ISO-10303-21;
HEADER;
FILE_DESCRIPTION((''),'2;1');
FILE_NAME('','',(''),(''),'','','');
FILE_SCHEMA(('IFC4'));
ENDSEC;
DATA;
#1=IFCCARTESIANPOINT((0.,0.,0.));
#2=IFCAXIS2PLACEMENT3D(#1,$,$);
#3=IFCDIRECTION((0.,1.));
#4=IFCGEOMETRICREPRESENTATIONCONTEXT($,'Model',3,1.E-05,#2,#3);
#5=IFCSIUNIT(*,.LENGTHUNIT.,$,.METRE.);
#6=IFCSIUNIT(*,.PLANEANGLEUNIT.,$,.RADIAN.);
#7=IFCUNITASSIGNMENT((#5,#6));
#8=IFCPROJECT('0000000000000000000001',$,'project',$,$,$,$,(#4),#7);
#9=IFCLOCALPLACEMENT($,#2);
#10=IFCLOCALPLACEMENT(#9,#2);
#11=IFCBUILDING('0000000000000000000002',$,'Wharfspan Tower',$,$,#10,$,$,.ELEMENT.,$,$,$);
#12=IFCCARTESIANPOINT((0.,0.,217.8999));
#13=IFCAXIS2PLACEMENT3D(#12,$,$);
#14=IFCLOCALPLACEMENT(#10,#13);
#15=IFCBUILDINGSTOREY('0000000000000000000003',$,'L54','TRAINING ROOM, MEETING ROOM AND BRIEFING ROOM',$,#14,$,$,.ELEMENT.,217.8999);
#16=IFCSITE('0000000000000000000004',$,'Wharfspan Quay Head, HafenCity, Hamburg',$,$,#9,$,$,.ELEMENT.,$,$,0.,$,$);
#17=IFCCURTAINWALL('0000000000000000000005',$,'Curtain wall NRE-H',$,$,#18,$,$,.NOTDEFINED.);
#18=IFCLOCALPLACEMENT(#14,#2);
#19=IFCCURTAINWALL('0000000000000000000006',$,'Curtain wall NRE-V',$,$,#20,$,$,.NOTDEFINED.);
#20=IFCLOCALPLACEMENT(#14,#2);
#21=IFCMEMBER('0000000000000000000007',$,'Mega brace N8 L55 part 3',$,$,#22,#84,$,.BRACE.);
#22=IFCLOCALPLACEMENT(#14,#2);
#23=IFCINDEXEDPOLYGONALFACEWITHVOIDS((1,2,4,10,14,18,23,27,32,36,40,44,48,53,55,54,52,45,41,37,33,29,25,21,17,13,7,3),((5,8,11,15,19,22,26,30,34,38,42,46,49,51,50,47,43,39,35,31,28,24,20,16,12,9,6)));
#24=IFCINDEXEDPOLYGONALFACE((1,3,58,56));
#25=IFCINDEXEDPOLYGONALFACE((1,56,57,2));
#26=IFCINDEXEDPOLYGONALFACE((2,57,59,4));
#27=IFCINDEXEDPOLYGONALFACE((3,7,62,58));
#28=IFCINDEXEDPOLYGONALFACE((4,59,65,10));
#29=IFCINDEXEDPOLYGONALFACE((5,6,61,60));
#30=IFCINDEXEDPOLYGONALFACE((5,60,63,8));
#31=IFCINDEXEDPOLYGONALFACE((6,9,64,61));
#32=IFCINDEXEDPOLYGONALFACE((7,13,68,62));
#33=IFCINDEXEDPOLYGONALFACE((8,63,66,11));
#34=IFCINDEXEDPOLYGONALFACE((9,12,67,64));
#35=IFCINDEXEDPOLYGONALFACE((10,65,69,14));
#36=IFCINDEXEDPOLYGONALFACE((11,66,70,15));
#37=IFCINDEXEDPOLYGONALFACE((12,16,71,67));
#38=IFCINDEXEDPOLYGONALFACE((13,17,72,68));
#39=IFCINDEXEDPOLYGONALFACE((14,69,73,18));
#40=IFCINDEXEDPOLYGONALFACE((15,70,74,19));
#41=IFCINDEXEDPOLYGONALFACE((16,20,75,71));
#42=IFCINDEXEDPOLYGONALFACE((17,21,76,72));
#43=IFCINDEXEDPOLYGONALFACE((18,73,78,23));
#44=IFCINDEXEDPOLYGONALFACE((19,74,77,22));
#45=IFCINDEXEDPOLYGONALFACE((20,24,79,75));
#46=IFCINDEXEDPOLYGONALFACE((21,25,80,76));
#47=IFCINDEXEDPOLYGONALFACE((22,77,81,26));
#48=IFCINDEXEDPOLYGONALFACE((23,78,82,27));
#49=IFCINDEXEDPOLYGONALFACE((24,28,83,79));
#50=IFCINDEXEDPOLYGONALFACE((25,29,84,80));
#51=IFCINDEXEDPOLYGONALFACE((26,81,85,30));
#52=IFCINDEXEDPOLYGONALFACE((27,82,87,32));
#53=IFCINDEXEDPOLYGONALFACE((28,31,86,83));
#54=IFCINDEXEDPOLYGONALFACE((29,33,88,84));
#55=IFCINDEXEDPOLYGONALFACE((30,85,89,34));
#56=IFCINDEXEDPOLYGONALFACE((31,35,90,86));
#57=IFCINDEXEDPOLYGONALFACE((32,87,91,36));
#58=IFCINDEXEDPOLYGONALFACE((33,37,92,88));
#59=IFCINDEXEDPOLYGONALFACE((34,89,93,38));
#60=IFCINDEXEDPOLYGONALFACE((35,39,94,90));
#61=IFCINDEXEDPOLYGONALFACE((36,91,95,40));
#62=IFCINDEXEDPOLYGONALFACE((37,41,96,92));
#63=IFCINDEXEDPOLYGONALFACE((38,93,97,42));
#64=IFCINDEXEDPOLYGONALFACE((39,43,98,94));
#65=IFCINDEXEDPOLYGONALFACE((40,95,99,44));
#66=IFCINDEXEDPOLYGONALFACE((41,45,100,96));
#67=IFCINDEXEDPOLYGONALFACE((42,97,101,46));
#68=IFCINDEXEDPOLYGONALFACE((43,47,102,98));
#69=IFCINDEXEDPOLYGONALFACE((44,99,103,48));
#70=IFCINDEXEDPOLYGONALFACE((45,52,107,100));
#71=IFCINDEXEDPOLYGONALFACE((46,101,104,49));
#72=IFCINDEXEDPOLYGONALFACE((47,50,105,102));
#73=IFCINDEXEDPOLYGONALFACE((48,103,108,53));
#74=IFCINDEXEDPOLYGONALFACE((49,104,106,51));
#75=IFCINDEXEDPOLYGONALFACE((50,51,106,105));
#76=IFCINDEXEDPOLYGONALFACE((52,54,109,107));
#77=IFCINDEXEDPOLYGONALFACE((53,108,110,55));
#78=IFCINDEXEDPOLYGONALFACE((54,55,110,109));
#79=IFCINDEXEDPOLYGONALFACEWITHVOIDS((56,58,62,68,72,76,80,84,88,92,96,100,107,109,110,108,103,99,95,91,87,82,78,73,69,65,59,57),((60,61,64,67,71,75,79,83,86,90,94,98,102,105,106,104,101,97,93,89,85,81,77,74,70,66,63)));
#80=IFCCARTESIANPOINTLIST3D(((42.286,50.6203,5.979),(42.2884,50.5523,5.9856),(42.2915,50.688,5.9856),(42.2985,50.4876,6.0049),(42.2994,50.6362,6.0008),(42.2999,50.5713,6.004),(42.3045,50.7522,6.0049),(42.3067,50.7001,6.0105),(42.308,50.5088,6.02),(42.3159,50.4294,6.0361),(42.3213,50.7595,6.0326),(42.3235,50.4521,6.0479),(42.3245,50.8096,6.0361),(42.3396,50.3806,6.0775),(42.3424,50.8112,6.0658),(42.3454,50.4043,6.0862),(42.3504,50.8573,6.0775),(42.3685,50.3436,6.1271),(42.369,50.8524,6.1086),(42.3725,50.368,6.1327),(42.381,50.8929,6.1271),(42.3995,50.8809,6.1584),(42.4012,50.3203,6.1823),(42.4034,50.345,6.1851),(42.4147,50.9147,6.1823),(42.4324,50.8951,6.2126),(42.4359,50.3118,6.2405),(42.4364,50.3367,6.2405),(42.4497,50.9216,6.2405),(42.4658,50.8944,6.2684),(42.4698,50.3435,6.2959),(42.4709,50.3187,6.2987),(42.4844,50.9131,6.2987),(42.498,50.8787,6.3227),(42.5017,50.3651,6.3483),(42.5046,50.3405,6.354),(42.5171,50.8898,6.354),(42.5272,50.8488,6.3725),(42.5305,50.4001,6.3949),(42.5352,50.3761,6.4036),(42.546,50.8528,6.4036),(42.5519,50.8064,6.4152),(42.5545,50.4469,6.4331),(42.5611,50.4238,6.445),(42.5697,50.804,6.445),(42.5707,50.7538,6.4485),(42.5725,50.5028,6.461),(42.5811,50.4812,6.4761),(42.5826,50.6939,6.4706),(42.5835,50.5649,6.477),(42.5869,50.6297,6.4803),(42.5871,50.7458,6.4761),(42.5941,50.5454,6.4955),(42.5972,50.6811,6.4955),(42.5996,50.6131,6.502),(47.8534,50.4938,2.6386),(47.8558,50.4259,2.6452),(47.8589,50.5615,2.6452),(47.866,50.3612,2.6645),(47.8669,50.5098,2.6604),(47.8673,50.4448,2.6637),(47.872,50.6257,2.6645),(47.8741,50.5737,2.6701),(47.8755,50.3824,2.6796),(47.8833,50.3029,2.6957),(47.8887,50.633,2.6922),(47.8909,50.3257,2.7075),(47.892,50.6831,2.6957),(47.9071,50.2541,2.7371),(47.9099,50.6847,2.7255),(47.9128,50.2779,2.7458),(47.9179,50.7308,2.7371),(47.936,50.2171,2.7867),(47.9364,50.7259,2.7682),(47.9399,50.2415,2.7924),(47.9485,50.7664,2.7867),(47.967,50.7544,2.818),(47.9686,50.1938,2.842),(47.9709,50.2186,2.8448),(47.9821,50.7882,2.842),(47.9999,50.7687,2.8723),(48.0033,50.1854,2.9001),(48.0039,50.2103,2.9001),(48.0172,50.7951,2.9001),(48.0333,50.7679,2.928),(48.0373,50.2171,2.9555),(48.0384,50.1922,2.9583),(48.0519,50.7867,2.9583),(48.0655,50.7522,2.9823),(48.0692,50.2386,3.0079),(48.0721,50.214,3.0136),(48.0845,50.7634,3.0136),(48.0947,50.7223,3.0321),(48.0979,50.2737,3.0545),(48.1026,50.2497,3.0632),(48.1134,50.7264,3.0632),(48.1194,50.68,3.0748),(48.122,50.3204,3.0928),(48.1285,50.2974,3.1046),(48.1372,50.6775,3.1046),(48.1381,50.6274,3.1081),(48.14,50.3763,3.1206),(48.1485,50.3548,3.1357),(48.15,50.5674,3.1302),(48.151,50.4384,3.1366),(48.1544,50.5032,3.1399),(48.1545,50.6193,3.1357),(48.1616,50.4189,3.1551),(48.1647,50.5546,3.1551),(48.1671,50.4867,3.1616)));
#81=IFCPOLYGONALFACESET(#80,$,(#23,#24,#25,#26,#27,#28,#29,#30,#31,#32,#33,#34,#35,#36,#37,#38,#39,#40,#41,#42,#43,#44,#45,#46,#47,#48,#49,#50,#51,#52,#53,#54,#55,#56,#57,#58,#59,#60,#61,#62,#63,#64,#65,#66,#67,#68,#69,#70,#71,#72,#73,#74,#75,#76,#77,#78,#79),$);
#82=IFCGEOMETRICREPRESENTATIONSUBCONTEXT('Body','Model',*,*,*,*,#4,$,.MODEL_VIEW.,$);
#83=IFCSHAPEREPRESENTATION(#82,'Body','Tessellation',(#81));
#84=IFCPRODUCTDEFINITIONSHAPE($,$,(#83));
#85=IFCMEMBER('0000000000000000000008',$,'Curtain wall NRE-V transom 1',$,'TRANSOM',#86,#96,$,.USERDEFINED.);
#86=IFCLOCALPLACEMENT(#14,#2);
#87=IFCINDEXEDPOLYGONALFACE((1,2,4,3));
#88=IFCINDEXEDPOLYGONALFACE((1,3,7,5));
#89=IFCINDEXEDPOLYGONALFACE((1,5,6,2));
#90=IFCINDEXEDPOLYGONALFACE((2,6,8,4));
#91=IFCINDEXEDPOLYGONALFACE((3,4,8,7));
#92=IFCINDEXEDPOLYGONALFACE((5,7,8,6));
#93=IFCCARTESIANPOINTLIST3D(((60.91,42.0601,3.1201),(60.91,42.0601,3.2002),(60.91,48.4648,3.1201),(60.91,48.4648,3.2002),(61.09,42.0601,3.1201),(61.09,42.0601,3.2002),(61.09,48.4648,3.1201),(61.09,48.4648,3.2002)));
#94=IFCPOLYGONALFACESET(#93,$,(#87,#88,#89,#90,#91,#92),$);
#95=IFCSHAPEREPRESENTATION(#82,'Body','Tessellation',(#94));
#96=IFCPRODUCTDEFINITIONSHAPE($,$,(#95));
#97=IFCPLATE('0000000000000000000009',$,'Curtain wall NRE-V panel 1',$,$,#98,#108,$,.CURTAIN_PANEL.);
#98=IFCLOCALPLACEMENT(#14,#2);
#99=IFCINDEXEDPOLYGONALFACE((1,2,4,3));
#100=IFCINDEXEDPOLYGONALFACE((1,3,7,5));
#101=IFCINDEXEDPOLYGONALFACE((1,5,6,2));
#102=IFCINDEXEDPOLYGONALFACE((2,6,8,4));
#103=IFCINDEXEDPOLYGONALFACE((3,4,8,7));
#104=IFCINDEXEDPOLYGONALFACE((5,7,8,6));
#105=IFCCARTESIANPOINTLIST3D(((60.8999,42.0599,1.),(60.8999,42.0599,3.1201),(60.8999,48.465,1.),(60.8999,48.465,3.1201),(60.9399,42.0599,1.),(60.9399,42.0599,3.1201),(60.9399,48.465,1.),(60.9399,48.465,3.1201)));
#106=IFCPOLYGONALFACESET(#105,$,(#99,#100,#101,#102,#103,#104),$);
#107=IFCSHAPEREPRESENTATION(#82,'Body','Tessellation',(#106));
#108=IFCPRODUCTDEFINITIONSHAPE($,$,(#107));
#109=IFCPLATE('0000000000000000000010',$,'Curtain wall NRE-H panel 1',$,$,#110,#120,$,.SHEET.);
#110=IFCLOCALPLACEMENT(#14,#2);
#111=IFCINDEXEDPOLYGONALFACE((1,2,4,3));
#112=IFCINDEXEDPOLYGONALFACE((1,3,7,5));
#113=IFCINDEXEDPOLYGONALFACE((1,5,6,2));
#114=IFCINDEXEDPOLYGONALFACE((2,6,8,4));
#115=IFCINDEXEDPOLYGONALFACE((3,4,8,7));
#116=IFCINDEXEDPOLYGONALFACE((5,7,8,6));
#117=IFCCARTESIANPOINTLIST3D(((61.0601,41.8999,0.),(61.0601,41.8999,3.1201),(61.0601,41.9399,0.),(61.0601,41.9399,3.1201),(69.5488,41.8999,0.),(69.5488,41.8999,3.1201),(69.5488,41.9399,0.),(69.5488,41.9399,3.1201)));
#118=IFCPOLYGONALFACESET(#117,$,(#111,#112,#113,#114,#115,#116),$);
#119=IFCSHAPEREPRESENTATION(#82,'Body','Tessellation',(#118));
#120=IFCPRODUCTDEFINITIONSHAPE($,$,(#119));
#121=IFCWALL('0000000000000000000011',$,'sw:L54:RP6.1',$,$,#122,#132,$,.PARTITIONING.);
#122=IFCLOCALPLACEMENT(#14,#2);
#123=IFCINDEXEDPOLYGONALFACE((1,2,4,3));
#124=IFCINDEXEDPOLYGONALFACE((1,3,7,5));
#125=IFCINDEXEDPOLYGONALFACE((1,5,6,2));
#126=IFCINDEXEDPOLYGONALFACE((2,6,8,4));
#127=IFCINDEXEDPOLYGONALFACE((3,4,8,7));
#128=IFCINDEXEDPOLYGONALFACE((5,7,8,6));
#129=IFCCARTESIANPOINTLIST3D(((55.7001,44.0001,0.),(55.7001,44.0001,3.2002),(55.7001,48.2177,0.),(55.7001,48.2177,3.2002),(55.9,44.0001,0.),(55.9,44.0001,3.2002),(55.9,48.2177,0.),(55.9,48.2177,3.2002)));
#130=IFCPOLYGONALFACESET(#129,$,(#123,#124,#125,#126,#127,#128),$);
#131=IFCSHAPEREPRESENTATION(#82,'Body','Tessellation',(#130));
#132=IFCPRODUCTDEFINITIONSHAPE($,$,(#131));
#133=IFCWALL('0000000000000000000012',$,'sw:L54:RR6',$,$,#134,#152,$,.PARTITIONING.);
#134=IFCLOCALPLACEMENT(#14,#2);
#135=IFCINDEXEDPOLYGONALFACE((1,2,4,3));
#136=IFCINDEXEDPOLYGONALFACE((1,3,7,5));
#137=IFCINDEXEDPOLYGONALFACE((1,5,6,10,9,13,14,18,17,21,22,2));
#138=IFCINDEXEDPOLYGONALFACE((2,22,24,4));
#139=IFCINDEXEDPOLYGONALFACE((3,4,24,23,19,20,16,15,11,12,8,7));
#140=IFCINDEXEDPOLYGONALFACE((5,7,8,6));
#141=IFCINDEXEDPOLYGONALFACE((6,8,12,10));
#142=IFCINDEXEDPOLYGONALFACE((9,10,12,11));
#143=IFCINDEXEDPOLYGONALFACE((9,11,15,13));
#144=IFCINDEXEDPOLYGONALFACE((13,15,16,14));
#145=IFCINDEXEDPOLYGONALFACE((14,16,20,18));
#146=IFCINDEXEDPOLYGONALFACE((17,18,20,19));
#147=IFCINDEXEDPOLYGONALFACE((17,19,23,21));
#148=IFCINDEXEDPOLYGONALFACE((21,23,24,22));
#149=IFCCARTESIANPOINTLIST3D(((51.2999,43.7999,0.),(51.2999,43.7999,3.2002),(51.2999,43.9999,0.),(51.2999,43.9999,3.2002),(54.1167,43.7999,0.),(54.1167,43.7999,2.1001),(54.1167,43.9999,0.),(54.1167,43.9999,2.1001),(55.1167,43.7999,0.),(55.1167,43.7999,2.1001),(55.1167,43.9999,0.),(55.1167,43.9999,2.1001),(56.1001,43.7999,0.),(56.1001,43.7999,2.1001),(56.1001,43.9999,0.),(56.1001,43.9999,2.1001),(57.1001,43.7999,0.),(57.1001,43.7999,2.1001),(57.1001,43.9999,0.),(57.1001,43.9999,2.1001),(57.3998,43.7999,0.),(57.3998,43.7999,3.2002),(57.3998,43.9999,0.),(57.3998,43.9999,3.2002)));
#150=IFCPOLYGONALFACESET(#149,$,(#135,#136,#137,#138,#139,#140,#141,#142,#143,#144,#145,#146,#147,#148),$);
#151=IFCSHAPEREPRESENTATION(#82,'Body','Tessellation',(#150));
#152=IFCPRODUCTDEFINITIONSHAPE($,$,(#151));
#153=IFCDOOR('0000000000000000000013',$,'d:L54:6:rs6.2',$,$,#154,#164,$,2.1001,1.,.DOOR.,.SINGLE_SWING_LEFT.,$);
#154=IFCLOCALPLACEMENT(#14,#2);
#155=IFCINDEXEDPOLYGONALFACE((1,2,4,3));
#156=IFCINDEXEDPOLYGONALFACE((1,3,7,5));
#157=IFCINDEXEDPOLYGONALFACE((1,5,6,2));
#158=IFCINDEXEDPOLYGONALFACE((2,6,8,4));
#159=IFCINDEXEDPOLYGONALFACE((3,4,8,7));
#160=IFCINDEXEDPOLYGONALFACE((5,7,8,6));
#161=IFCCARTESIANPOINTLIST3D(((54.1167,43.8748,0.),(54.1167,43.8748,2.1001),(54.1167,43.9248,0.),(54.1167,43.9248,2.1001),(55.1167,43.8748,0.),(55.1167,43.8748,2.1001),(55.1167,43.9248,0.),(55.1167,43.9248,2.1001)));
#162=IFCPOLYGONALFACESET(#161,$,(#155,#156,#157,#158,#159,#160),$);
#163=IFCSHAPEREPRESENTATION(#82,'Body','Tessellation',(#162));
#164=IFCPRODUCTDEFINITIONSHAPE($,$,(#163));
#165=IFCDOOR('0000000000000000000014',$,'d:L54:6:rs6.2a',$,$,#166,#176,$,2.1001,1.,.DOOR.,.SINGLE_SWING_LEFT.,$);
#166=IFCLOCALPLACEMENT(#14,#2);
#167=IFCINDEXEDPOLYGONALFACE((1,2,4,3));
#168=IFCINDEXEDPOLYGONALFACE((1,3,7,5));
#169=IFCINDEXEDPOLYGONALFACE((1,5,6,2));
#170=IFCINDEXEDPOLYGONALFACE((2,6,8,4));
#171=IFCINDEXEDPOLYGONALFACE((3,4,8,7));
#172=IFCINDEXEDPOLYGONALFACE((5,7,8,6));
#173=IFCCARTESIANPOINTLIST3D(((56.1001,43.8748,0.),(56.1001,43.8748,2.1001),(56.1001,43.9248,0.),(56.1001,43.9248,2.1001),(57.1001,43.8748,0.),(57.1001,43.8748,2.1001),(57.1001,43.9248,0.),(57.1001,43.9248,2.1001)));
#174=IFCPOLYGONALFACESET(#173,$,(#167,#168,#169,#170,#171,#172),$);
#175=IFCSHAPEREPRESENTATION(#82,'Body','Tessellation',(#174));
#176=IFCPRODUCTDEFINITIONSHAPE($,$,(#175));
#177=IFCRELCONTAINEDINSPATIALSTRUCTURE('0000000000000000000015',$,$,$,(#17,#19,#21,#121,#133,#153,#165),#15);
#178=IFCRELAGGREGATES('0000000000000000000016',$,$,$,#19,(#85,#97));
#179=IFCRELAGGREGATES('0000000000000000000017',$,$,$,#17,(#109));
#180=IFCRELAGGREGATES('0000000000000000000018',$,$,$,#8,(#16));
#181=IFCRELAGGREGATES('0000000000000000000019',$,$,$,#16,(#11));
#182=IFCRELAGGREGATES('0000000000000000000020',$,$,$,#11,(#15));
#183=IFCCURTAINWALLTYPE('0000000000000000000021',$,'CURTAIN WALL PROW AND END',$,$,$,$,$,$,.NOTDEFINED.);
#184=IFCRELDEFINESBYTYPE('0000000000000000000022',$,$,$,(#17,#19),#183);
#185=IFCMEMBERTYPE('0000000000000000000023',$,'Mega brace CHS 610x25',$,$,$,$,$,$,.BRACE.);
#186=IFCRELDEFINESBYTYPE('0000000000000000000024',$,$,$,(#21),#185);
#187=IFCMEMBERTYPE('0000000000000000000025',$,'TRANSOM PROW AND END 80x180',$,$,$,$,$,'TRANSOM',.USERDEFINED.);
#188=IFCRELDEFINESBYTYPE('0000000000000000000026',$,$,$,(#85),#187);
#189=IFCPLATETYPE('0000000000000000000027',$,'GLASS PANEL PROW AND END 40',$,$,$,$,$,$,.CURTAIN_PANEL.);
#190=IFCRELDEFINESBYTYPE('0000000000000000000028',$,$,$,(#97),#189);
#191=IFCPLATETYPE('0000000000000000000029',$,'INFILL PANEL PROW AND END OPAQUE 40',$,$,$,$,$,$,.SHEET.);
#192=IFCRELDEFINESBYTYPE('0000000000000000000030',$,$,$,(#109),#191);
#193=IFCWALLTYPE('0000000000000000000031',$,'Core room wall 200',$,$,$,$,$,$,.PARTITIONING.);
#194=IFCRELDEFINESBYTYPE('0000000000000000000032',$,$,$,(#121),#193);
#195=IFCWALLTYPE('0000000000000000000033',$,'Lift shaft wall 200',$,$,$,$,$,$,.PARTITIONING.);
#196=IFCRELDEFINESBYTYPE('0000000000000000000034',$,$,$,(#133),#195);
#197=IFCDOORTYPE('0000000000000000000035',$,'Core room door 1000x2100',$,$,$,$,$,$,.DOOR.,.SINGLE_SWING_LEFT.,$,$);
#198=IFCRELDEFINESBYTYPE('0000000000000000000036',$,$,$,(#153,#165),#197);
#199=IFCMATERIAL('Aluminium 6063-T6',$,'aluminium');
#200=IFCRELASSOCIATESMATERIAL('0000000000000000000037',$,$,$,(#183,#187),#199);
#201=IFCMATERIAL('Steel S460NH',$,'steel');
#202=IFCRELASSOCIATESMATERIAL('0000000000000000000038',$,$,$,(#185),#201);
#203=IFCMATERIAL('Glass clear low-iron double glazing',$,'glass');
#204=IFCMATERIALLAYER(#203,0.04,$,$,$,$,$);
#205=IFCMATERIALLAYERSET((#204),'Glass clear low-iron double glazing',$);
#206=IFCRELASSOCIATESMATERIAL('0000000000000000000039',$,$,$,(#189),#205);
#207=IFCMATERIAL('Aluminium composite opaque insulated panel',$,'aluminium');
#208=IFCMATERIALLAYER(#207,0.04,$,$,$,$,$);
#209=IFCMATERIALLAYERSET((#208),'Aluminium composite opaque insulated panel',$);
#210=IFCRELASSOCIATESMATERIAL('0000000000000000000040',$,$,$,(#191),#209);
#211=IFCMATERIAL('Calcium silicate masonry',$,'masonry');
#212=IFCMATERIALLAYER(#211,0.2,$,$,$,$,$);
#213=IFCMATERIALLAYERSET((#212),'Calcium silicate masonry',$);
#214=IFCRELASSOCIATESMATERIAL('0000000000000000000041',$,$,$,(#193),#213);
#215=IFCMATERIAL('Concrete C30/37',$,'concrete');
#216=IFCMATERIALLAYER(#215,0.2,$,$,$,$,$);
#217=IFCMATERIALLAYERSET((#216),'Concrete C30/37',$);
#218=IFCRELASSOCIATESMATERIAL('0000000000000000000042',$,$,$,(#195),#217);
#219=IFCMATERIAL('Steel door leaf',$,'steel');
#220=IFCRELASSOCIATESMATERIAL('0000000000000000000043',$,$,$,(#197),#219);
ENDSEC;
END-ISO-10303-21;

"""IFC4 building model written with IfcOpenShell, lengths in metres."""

from ifc_helpers import new_model, si_unit, direction, frame, frame_2d, origin, origin_2d, place, context, subcontext, project, spatial, rectangle, hollow_circle, extrude, material, layer, layer_set, material_profile, profile_set, type_object, element, fill, aggregate, save


model = new_model("IFC4")

# Units and contexts
model_context = context("Model", 3, precision=1e-05, world=origin(), true_north=direction((0.0, 1.0)))
body_context = subcontext(model_context, "Body", "Model", "MODEL_VIEW")
ifc_project = project(units=[si_unit("LENGTHUNIT", "METRE"), si_unit("PLANEANGLEUNIT", "RADIAN")], contexts=[model_context])

# Site, building, storey
site_placement = place(None, origin())
site = spatial("IfcSite", under=ifc_project, at=site_placement, Name="Wharfspan Quay Head, HafenCity, Hamburg", CompositionType="ELEMENT", RefElevation=0.0)
building_placement = place(site_placement, origin())
building = spatial("IfcBuilding", under=site, at=building_placement, Name="Wharfspan Tower", CompositionType="ELEMENT")
storey_placement = place(building_placement, frame((0.0, 0.0, 217.8999)))
storey = spatial("IfcBuildingStorey", under=building, at=storey_placement, Name="L54", Description="TRAINING ROOM, MEETING ROOM AND BRIEFING ROOM", CompositionType="ELEMENT", Elevation=217.8999)

# Curtain wall
ifc_material_1 = material(Name="Aluminium 6063-T6", Category="aluminium")
curtain_wall_type = type_object("IfcCurtainWallType", Name="CURTAIN WALL PROW AND END", PredefinedType="NOTDEFINED", material=ifc_material_1)
curtain_wall_1_placement = place(storey_placement, origin())
curtain_wall_1 = element("IfcCurtainWall", 1, at=curtain_wall_1_placement, inside=storey, type_object=curtain_wall_type, Name="Curtain wall NRE-H", PredefinedType="NOTDEFINED")

# Curtain wall
curtain_wall_2_placement = place(storey_placement, origin())
curtain_wall_2 = element("IfcCurtainWall", 2, at=curtain_wall_2_placement, inside=storey, type_object=curtain_wall_type, Name="Curtain wall NRE-V", PredefinedType="NOTDEFINED")

# Members
ifc_material_2 = material(Name="Steel S460NH", Category="steel")
ifc_material_profile_1 = material_profile(ifc_material_2, hollow_circle(Radius=0.3049, WallThickness=0.0249, at=origin_2d()))
ifc_profile_set_1 = profile_set([ifc_material_profile_1], Name="Steel S460NH")
member_type_1 = type_object("IfcMemberType", Name="Mega brace CHS 610x25", PredefinedType="BRACE", material=ifc_profile_set_1)
member_1_placement = place(storey_placement, frame((48.0103, 50.4902, 2.9001), z_axis=(-0.857337, 0.019475, 0.514387), x_axis=(-0.022711, -0.999741, -0.000002)))
element("IfcMember", 3, at=member_1_placement, inside=storey, type_object=member_type_1, Name="Mega brace N8 L55 part 3", PredefinedType="BRACE", context=body_context, shape_type="SweptSolid", body=[
    extrude(hollow_circle(Radius=0.3049, WallThickness=0.0249, at=origin_2d()), origin(), (0.0, 0.0, 1.0), 6.4939),
])
ifc_material_profile_2 = material_profile(ifc_material_1, rectangle(XDim=0.1799, YDim=0.0801, at=origin_2d()))
ifc_profile_set_2 = profile_set([ifc_material_profile_2], Name="Aluminium 6063-T6")
member_type_2 = type_object("IfcMemberType", Name="TRANSOM PROW AND END 80x180", ElementType="TRANSOM", PredefinedType="USERDEFINED", material=ifc_profile_set_2)
member_2_placement = place(storey_placement, frame((61.0, 42.0601, 3.1602), z_axis=(0.0, 1.0, 0.0), x_axis=(-1.0, 0.0, 0.0)))
member_2 = element("IfcMember", 4, at=member_2_placement, type_object=member_type_2, Name="Curtain wall NRE-V transom 1", ObjectType="TRANSOM", PredefinedType="USERDEFINED", context=body_context, shape_type="SweptSolid", body=[
    extrude(rectangle(XDim=0.1799, YDim=0.0801, at=origin_2d()), origin(), (0.0, 0.0, 1.0), 6.4048),
])

# Plates
ifc_material_3 = material(Name="Glass clear low-iron double glazing", Category="glass")
ifc_layer_1 = layer(ifc_material_3, 0.04)
ifc_layer_set_1 = layer_set([ifc_layer_1], Name="Glass clear low-iron double glazing")
plate_type_1 = type_object("IfcPlateType", Name="GLASS PANEL PROW AND END 40", PredefinedType="CURTAIN_PANEL", material=ifc_layer_set_1)
plate_1_placement = place(storey_placement, frame((60.9199, 45.2625, 1.0), z_axis=(0.0, 0.0, 1.0), x_axis=(0.0, 1.0, 0.0)))
plate_1 = element("IfcPlate", 5, at=plate_1_placement, type_object=plate_type_1, Name="Curtain wall NRE-V panel 1", PredefinedType="CURTAIN_PANEL", context=body_context, shape_type="SweptSolid", body=[
    extrude(rectangle(XDim=6.405, YDim=0.04, at=origin_2d()), origin(), (0.0, 0.0, 1.0), 2.1201),
])
aggregate(curtain_wall_2, [member_2, plate_1])
ifc_material_4 = material(Name="Aluminium composite opaque insulated panel", Category="aluminium")
ifc_layer_2 = layer(ifc_material_4, 0.04)
ifc_layer_set_2 = layer_set([ifc_layer_2], Name="Aluminium composite opaque insulated panel")
plate_type_2 = type_object("IfcPlateType", Name="INFILL PANEL PROW AND END OPAQUE 40", PredefinedType="SHEET", material=ifc_layer_set_2)
plate_2_placement = place(storey_placement, frame((65.3044, 41.9199, 0.0), z_axis=(0.0, 0.0, 1.0), x_axis=(-1.0, 0.0, 0.0)))
plate_2 = element("IfcPlate", 6, at=plate_2_placement, type_object=plate_type_2, Name="Curtain wall NRE-H panel 1", PredefinedType="SHEET", context=body_context, shape_type="SweptSolid", body=[
    extrude(rectangle(XDim=8.4888, YDim=0.04, at=origin_2d()), origin(), (0.0, 0.0, 1.0), 3.1201),
])
aggregate(curtain_wall_1, [plate_2])

# Wall
ifc_material_5 = material(Name="Calcium silicate masonry", Category="masonry")
ifc_layer_3 = layer(ifc_material_5, 0.2)
ifc_layer_set_3 = layer_set([ifc_layer_3], Name="Calcium silicate masonry")
wall_type_1 = type_object("IfcWallType", Name="Core room wall 200", PredefinedType="PARTITIONING", material=ifc_layer_set_3)
wall_1_placement = place(storey_placement, frame((55.8, 44.0, 0.0), z_axis=(0.0, 0.0, 1.0), x_axis=(0.0, 1.0, 0.0)))
element("IfcWall", 7, at=wall_1_placement, inside=storey, type_object=wall_type_1, Name="sw:L54:RP6.1", PredefinedType="PARTITIONING", context=body_context, shape_type="SweptSolid", body=[
    extrude(rectangle(XDim=4.2175, YDim=0.2, at=frame_2d((2.1089, 0.0))), origin(), (0.0, 0.0, 1.0), 3.2002),
])

# Wall, openings, doors
ifc_material_6 = material(Name="Concrete C30/37", Category="concrete")
ifc_layer_4 = layer(ifc_material_6, 0.2)
ifc_layer_set_4 = layer_set([ifc_layer_4], Name="Concrete C30/37")
wall_type_2 = type_object("IfcWallType", Name="Lift shaft wall 200", PredefinedType="PARTITIONING", material=ifc_layer_set_4)
wall_2_placement = place(storey_placement, frame((51.3, 43.8999, 0.0), z_axis=(0.0, 0.0, 1.0), x_axis=(1.0, 0.0, 0.0)))
wall_2 = element("IfcWall", 8, at=wall_2_placement, inside=storey, type_object=wall_type_2, Name="sw:L54:RR6", PredefinedType="PARTITIONING", context=body_context, shape_type="SweptSolid", body=[
    extrude(rectangle(XDim=6.0999, YDim=0.2, at=frame_2d((3.0498, 0.0))), origin(), (0.0, 0.0, 1.0), 3.2002),
])
opening_1_placement = place(wall_2_placement, frame((2.8167, 0.0, 0.0)))
opening_1 = element("IfcOpeningElement", 9, at=opening_1_placement, cuts=wall_2, PredefinedType="OPENING", context=body_context, shape_type="SweptSolid", body=[
    extrude(rectangle(XDim=1.0, YDim=2.1001, at=frame_2d((0.5, 1.05))), frame((0.0, 0.1099, 0.0), z_axis=(0.0, -1.0, 0.0), x_axis=(1.0, 0.0, 0.0)), (0.0, 0.0, 1.0), 0.22),
])
opening_2_placement = place(wall_2_placement, frame((4.8, 0.0, 0.0)))
opening_2 = element("IfcOpeningElement", 10, at=opening_2_placement, cuts=wall_2, PredefinedType="OPENING", context=body_context, shape_type="SweptSolid", body=[
    extrude(rectangle(XDim=1.0, YDim=2.1001, at=frame_2d((0.5, 1.05))), frame((0.0, 0.1099, 0.0), z_axis=(0.0, -1.0, 0.0), x_axis=(1.0, 0.0, 0.0)), (0.0, 0.0, 1.0), 0.22),
])
ifc_material_7 = material(Name="Steel door leaf", Category="steel")
door_type = type_object("IfcDoorType", Name="Core room door 1000x2100", OperationType="SINGLE_SWING_LEFT", PredefinedType="DOOR", material=ifc_material_7)
door_1_placement = place(opening_1_placement, origin())
door_1 = element("IfcDoor", 11, at=door_1_placement, inside=storey, type_object=door_type, Name="d:L54:6:rs6.2", OperationType="SINGLE_SWING_LEFT", OverallHeight=2.1001, OverallWidth=1.0, PredefinedType="DOOR", context=body_context, shape_type="SweptSolid", body=[
    extrude(rectangle(XDim=1.0, YDim=2.1001, at=frame_2d((0.5, 1.05))), frame((0.0, 0.0249, 0.0), z_axis=(0.0, -1.0, 0.0), x_axis=(1.0, 0.0, 0.0)), (0.0, 0.0, 1.0), 0.05),
])
fill(opening_1, door_1)
door_2_placement = place(opening_2_placement, origin())
door_2 = element("IfcDoor", 12, at=door_2_placement, inside=storey, type_object=door_type, Name="d:L54:6:rs6.2a", OperationType="SINGLE_SWING_LEFT", OverallHeight=2.1001, OverallWidth=1.0, PredefinedType="DOOR", context=body_context, shape_type="SweptSolid", body=[
    extrude(rectangle(XDim=1.0, YDim=2.1001, at=frame_2d((0.5, 1.05))), frame((0.0, 0.0249, 0.0), z_axis=(0.0, -1.0, 0.0), x_axis=(1.0, 0.0, 0.0)), (0.0, 0.0, 1.0), 0.05),
])
fill(opening_2, door_2)

save(model, "model.ifc")
